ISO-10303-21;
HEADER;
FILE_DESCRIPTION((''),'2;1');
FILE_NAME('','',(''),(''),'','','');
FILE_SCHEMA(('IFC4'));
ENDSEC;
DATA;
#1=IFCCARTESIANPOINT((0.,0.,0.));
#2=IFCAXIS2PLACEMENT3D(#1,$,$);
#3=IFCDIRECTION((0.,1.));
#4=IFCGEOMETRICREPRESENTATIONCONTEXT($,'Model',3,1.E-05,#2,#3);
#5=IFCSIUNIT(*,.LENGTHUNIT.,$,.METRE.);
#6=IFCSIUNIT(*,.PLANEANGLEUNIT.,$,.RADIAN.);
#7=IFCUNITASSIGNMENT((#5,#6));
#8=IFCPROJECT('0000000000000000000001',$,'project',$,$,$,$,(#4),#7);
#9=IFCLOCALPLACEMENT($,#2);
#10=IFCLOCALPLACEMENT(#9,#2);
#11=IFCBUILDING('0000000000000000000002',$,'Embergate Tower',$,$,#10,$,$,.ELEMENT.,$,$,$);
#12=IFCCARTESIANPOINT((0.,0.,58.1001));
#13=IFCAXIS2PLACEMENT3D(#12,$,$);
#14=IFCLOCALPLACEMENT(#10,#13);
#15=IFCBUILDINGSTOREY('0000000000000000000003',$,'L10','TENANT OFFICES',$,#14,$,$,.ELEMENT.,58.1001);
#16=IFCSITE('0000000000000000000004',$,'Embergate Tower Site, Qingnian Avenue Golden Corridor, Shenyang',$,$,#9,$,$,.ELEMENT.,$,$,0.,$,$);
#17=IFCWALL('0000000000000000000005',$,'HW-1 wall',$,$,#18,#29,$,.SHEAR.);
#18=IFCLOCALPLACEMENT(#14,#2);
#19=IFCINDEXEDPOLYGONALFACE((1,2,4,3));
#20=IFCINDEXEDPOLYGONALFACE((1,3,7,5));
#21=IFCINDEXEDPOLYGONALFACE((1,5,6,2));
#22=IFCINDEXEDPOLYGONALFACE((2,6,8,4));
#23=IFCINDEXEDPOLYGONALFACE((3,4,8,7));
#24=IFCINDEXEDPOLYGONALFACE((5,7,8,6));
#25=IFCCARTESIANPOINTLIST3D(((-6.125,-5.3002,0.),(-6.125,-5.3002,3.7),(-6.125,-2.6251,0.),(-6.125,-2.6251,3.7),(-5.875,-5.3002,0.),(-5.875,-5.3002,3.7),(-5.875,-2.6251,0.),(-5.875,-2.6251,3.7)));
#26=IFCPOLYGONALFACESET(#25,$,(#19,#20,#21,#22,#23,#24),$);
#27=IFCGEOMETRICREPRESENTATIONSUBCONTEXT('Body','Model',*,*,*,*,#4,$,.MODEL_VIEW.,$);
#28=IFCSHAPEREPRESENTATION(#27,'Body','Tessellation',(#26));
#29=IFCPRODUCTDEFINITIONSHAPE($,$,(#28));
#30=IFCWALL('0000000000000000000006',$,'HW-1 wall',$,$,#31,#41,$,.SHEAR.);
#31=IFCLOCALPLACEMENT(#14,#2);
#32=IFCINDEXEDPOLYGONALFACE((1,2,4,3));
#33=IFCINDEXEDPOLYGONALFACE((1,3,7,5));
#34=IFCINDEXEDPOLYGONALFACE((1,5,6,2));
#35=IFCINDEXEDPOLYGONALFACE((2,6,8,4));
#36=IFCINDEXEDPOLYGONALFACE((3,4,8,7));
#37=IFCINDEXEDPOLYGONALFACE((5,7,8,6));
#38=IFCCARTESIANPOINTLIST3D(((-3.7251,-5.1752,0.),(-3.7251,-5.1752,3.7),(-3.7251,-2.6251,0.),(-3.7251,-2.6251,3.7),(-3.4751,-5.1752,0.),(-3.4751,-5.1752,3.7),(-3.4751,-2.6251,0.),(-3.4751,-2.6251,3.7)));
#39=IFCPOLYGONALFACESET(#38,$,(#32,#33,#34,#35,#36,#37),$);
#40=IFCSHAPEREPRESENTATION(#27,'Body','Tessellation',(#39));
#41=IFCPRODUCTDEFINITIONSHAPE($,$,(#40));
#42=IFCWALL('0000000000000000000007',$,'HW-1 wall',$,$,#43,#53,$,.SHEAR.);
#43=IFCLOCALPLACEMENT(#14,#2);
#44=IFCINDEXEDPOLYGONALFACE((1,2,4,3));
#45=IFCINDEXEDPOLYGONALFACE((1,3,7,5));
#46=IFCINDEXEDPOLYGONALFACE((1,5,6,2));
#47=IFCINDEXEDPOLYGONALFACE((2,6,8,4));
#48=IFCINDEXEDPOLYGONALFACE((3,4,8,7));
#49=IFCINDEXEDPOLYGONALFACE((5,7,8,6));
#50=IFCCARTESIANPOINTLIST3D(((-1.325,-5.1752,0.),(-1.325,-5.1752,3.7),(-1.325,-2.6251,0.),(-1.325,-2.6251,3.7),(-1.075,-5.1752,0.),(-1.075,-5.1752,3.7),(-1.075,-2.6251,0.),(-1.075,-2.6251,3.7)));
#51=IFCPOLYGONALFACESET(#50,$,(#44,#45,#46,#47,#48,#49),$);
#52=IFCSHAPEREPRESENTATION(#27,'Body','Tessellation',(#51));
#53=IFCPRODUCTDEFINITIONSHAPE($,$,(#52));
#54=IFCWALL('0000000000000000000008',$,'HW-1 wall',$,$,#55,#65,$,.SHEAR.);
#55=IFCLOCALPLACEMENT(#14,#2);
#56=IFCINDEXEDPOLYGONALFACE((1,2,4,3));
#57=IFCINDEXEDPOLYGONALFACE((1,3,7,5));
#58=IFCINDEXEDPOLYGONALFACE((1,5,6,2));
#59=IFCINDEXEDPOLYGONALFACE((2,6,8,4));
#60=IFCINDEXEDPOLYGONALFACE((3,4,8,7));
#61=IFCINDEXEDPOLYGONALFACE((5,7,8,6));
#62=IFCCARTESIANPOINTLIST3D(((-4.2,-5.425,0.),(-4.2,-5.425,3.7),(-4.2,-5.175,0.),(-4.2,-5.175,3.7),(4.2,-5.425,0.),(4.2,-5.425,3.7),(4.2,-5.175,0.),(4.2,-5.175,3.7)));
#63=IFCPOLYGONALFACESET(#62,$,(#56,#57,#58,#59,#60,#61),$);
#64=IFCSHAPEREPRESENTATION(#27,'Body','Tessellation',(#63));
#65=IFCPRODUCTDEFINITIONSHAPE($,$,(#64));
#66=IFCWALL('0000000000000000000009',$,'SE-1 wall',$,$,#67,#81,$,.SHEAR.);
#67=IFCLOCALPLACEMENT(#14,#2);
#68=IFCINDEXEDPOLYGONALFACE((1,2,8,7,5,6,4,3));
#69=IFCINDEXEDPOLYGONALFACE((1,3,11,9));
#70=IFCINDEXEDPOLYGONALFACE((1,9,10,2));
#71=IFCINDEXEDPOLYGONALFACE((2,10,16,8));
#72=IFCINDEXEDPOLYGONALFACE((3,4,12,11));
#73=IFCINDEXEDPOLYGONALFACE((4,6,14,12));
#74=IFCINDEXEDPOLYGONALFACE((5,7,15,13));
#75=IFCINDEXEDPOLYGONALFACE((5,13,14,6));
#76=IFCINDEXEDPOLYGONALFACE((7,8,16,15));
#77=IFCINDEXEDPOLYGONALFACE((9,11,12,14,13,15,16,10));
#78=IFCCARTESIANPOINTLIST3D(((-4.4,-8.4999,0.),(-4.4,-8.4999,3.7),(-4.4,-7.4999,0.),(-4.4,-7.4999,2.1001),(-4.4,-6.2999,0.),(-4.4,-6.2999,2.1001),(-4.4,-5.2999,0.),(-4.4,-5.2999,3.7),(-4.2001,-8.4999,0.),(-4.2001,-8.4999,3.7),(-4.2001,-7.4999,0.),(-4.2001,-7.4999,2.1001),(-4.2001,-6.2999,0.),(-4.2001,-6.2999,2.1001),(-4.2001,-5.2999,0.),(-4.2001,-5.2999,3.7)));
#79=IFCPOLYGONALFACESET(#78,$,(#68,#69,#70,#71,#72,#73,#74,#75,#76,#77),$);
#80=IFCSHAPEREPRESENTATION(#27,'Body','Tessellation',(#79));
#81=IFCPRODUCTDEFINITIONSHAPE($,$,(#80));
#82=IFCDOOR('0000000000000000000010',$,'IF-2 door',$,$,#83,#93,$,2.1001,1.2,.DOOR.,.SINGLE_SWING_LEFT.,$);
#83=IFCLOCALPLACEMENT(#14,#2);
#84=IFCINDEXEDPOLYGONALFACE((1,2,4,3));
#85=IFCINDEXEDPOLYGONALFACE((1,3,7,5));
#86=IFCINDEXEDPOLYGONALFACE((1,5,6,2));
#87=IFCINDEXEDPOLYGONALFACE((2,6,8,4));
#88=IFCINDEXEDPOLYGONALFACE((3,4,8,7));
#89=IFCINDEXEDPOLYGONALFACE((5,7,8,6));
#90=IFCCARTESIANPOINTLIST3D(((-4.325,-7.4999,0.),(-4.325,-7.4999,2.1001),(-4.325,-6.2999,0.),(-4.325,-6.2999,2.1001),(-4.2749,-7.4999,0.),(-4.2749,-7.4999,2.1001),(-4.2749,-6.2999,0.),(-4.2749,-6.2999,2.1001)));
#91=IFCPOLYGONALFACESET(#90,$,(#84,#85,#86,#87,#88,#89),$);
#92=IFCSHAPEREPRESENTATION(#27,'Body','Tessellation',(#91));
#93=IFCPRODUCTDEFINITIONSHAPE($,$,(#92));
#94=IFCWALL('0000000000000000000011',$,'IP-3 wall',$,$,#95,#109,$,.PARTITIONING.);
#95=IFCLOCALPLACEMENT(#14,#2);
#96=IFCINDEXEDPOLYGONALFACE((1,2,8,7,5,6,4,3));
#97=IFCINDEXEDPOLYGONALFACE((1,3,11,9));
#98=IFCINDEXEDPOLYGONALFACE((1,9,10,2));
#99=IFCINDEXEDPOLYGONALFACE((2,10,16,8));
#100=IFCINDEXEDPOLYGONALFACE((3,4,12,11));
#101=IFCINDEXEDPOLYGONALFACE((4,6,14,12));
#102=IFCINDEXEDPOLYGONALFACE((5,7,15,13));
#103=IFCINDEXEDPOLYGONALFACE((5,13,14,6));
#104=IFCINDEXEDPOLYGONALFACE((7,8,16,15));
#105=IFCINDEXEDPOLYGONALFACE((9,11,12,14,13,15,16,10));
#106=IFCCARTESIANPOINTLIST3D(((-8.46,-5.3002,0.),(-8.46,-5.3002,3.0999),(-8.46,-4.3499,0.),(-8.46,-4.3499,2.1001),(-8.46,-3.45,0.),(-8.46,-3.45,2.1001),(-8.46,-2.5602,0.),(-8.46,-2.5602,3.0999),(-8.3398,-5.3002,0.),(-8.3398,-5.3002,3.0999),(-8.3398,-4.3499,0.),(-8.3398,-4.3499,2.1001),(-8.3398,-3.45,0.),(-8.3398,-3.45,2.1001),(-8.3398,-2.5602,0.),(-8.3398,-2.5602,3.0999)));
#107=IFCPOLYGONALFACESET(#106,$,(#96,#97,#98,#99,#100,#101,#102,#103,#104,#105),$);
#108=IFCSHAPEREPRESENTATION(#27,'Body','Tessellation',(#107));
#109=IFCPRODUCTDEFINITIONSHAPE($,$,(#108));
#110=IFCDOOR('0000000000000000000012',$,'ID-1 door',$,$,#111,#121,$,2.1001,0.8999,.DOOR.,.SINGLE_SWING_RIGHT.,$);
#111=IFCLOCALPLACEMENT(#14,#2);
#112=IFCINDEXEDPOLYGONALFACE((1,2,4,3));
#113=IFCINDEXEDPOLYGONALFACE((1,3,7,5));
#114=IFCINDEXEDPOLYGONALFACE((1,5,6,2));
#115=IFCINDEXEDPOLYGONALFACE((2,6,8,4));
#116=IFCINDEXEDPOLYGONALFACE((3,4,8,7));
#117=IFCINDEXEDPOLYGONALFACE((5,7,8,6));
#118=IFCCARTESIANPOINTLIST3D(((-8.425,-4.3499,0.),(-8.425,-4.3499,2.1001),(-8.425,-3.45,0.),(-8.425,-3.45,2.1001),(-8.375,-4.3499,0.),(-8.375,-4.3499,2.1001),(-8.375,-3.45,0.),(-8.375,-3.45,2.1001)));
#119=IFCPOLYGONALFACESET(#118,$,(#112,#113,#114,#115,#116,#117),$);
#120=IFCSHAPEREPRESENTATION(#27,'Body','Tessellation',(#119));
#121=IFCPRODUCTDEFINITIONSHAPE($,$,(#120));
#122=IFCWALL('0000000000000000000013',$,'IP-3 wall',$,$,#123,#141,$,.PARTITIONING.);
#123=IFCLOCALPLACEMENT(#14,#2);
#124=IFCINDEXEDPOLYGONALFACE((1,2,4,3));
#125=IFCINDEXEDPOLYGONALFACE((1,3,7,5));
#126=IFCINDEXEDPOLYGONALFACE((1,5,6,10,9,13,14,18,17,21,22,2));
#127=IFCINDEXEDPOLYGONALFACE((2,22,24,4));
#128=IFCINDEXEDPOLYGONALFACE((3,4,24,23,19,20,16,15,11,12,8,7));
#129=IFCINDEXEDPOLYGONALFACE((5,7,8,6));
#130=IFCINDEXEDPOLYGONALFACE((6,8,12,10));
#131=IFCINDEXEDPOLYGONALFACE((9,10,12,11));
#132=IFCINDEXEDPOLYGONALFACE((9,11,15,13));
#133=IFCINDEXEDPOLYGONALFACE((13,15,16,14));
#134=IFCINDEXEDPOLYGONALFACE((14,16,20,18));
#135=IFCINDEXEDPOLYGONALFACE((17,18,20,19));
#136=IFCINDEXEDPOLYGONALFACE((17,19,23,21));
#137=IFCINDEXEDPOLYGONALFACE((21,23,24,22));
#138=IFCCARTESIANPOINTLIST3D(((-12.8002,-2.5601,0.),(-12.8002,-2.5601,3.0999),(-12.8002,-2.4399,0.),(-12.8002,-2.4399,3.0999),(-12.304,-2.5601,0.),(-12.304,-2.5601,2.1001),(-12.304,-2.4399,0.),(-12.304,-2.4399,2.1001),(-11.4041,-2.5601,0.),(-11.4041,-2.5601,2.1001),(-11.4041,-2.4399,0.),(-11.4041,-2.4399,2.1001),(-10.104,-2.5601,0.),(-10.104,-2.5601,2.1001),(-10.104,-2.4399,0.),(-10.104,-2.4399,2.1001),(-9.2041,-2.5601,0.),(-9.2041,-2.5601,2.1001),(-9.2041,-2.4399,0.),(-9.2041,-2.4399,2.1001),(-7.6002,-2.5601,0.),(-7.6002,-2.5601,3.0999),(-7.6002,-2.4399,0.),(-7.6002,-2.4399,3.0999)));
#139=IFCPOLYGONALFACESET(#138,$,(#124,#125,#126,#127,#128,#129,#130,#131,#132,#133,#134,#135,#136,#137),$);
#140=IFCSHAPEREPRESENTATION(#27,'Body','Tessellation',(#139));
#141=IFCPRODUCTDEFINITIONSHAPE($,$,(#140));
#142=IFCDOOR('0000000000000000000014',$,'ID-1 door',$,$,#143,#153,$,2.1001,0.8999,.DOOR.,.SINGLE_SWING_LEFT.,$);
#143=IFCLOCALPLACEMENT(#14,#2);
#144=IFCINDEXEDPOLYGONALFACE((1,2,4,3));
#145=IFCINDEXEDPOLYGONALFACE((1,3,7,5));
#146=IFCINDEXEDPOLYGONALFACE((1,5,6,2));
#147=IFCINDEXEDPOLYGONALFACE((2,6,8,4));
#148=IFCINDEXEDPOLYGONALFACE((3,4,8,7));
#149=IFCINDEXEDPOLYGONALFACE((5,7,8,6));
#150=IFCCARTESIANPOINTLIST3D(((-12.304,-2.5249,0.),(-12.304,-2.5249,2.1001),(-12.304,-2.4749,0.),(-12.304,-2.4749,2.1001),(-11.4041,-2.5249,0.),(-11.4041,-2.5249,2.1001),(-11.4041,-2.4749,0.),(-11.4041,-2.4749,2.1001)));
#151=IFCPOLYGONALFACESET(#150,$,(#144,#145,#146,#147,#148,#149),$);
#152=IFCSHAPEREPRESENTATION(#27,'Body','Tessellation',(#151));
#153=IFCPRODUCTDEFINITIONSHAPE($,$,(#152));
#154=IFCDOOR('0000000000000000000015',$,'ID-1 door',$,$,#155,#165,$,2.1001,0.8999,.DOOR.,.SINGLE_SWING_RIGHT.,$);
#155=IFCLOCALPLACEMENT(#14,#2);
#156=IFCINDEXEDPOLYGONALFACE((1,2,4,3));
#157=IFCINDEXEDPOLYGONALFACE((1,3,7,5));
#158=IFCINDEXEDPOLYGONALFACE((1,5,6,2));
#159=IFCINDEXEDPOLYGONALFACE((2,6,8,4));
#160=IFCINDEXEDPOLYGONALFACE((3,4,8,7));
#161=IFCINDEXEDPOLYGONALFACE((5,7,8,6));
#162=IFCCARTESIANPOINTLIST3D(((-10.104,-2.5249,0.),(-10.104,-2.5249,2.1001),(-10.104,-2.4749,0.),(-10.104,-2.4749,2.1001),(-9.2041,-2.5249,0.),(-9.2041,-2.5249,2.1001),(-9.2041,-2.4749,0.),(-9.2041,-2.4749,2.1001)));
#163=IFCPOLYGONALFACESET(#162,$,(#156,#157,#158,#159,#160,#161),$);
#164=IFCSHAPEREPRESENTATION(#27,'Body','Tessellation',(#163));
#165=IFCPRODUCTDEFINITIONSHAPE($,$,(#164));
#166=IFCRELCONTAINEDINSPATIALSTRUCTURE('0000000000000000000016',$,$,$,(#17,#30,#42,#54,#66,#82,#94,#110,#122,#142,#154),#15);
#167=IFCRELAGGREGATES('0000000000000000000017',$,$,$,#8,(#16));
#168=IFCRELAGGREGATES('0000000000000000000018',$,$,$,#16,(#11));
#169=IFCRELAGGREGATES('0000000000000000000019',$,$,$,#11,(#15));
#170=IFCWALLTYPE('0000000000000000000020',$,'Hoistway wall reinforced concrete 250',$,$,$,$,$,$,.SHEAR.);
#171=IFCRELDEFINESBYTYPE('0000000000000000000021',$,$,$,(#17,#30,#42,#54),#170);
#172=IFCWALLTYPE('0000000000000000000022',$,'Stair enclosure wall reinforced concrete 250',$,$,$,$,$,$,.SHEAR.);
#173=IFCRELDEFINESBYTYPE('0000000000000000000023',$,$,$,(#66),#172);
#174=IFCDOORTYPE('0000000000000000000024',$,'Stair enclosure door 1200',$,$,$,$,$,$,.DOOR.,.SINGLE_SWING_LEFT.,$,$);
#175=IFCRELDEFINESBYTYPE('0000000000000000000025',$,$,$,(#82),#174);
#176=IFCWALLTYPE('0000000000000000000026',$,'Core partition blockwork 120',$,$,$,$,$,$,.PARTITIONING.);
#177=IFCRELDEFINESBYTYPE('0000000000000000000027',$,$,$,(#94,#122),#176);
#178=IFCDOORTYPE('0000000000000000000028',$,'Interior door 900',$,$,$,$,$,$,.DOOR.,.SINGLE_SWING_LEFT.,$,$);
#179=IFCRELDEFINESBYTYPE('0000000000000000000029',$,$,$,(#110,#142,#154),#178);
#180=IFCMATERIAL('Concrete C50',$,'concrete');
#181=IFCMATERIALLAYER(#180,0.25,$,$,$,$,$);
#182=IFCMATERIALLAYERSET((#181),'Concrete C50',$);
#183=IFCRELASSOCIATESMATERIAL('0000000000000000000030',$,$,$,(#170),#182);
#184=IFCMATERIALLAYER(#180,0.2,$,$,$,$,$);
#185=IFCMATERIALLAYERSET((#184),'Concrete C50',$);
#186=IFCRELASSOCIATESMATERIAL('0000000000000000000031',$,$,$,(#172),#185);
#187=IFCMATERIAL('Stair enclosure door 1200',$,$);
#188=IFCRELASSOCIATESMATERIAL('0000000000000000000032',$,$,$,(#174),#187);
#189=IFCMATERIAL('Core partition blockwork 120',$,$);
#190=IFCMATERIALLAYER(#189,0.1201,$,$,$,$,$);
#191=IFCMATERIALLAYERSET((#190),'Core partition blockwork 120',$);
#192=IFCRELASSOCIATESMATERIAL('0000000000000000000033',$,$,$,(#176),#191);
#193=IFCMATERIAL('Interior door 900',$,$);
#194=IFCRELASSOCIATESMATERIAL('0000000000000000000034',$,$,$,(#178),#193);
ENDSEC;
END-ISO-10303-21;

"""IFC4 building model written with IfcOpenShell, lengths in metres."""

from ifc_helpers import new_model, si_unit, direction, frame, frame_2d, origin, place, context, subcontext, project, spatial, rectangle, extrude, source, transform, mapped, material, layer, layer_set, type_object, element, fill, save


model = new_model("IFC4")

# Units and contexts
model_context = context("Model", 3, precision=1e-05, world=origin(), true_north=direction((0.0, 1.0)))
body_context = subcontext(model_context, "Body", "Model", "MODEL_VIEW")
ifc_project = project(units=[si_unit("LENGTHUNIT", "METRE"), si_unit("PLANEANGLEUNIT", "RADIAN")], contexts=[model_context])

# Site, building, storey
site_placement = place(None, origin())
site = spatial("IfcSite", under=ifc_project, at=site_placement, Name="Embergate Tower Site, Qingnian Avenue Golden Corridor, Shenyang", CompositionType="ELEMENT", RefElevation=0.0)
building_placement = place(site_placement, origin())
building = spatial("IfcBuilding", under=site, at=building_placement, Name="Embergate Tower", CompositionType="ELEMENT")
storey_placement = place(building_placement, frame((0.0, 0.0, 58.1001)))
storey = spatial("IfcBuildingStorey", under=building, at=storey_placement, Name="L10", Description="TENANT OFFICES", CompositionType="ELEMENT", Elevation=58.1001)

# Walls
ifc_material_1 = material(Name="Concrete C50", Category="concrete")
ifc_layer_1 = layer(ifc_material_1, 0.25)
ifc_layer_set_1 = layer_set([ifc_layer_1], Name="Concrete C50")
wall_type_1 = type_object("IfcWallType", Name="Hoistway wall reinforced concrete 250", PredefinedType="SHEAR", material=ifc_layer_set_1)
shared_shape_1 = source(origin(), body_context, "Body", "SweptSolid", [
    extrude(rectangle(XDim=2.675, YDim=0.25, at=frame_2d((1.3374, 0.0))), origin(), (0.0, 0.0, 1.0), 3.7),
])
wall_1_placement = place(storey_placement, frame((-6.0, -5.3, 0.0), z_axis=(0.0, 0.0, 1.0), x_axis=(0.0, 1.0, 0.0)))
element("IfcWall", 1, at=wall_1_placement, inside=storey, type_object=wall_type_1, Name="HW-1 wall", PredefinedType="SHEAR", context=body_context, shape_type="MappedRepresentation", body=[
    mapped(shared_shape_1, transform((0.0, 0.0, 0.0))),
])
shared_shape_2 = source(origin(), body_context, "Body", "SweptSolid", [
    extrude(rectangle(XDim=2.55, YDim=0.25, at=frame_2d((1.2749, 0.0))), origin(), (0.0, 0.0, 1.0), 3.7),
])
for number, where, z_axis, x_axis, name in (
    (2, (-3.6001, -5.175, 0.0), (0.0, 0.0, 1.0), (0.0, 1.0, 0.0), "HW-1 wall"),
    (3, (-1.2, -5.175, 0.0), (0.0, 0.0, 1.0), (0.0, 1.0, 0.0), "HW-1 wall"),
):
    element("IfcWall", number, at=place(storey_placement, frame(where, z_axis=z_axis, x_axis=x_axis)), inside=storey, type_object=wall_type_1, Name=name, PredefinedType="SHEAR", context=body_context, shape_type="MappedRepresentation", body=[
        mapped(shared_shape_2, transform((0.0, 0.0, 0.0))),
    ])
shared_shape_3 = source(origin(), body_context, "Body", "SweptSolid", [
    extrude(rectangle(XDim=8.3999, YDim=0.25, at=frame_2d((4.2, 0.0))), origin(), (0.0, 0.0, 1.0), 3.7),
])
wall_2_placement = place(storey_placement, frame((-4.2, -5.3, 0.0), z_axis=(0.0, 0.0, 1.0), x_axis=(1.0, 0.0, 0.0)))
element("IfcWall", 4, at=wall_2_placement, inside=storey, type_object=wall_type_1, Name="HW-1 wall", PredefinedType="SHEAR", context=body_context, shape_type="MappedRepresentation", body=[
    mapped(shared_shape_3, transform((0.0, 0.0, 0.0))),
])

# Walls, openings, doors
ifc_layer_2 = layer(ifc_material_1, 0.2)
ifc_layer_set_2 = layer_set([ifc_layer_2], Name="Concrete C50")
wall_type_2 = type_object("IfcWallType", Name="Stair enclosure wall reinforced concrete 250", PredefinedType="SHEAR", material=ifc_layer_set_2)
shared_shape_4 = source(origin(), body_context, "Body", "SweptSolid", [
    extrude(rectangle(XDim=3.2, YDim=0.2, at=frame_2d((1.6001, 0.0))), origin(), (0.0, 0.0, 1.0), 3.7),
])
wall_3_placement = place(storey_placement, frame((-4.3, -8.5, 0.0), z_axis=(0.0, 0.0, 1.0), x_axis=(0.0, 1.0, 0.0)))
wall_3 = element("IfcWall", 5, at=wall_3_placement, inside=storey, type_object=wall_type_2, Name="SE-1 wall", PredefinedType="SHEAR", context=body_context, shape_type="MappedRepresentation", body=[
    mapped(shared_shape_4, transform((0.0, 0.0, 0.0))),
])
shared_shape_5 = source(origin(), body_context, "Body", "SweptSolid", [
    extrude(rectangle(XDim=1.2, YDim=2.1001, at=frame_2d((0.6001, 1.05))), frame((0.0, 0.1099, 0.0), z_axis=(0.0, -1.0, 0.0), x_axis=(1.0, 0.0, 0.0)), (0.0, 0.0, 1.0), 0.22),
])
opening_1_placement = place(wall_3_placement, frame((1.0, 0.0, 0.0)))
opening_1 = element("IfcOpeningElement", 6, at=opening_1_placement, cuts=wall_3, PredefinedType="OPENING", context=body_context, shape_type="MappedRepresentation", body=[
    mapped(shared_shape_5, transform((0.0, 0.0, 0.0))),
])
ifc_material_2 = material(Name="Stair enclosure door 1200")
door_type_1 = type_object("IfcDoorType", Name="Stair enclosure door 1200", OperationType="SINGLE_SWING_LEFT", PredefinedType="DOOR", material=ifc_material_2)
shared_shape_6 = source(origin(), body_context, "Body", "SweptSolid", [
    extrude(rectangle(XDim=1.2, YDim=2.1001, at=frame_2d((0.6001, 1.05))), frame((0.0, 0.0249, 0.0), z_axis=(0.0, -1.0, 0.0), x_axis=(1.0, 0.0, 0.0)), (0.0, 0.0, 1.0), 0.05),
])
door_1_placement = place(opening_1_placement, origin())
door_1 = element("IfcDoor", 7, at=door_1_placement, inside=storey, type_object=door_type_1, Name="IF-2 door", OperationType="SINGLE_SWING_LEFT", OverallHeight=2.1001, OverallWidth=1.2, PredefinedType="DOOR", context=body_context, shape_type="MappedRepresentation", body=[
    mapped(shared_shape_6, transform((0.0, 0.0, 0.0))),
])
fill(opening_1, door_1)
ifc_material_3 = material(Name="Core partition blockwork 120")
ifc_layer_3 = layer(ifc_material_3, 0.1201)
ifc_layer_set_3 = layer_set([ifc_layer_3], Name="Core partition blockwork 120")
wall_type_3 = type_object("IfcWallType", Name="Core partition blockwork 120", PredefinedType="PARTITIONING", material=ifc_layer_set_3)
shared_shape_7 = source(origin(), body_context, "Body", "SweptSolid", [
    extrude(rectangle(XDim=2.74, YDim=0.1201, at=frame_2d((1.3701, 0.0))), origin(), (0.0, 0.0, 1.0), 3.0999),
])
wall_4_placement = place(storey_placement, frame((-8.3999, -2.5601, 0.0), z_axis=(0.0, 0.0, 1.0), x_axis=(0.0, -1.0, 0.0)))
wall_4 = element("IfcWall", 8, at=wall_4_placement, inside=storey, type_object=wall_type_3, Name="IP-3 wall", PredefinedType="PARTITIONING", context=body_context, shape_type="MappedRepresentation", body=[
    mapped(shared_shape_7, transform((0.0, 0.0, 0.0))),
])
shared_shape_8 = source(origin(), body_context, "Body", "SweptSolid", [
    extrude(rectangle(XDim=0.8999, YDim=2.1001, at=frame_2d((0.45, 1.05))), frame((0.0, 0.0701, 0.0), z_axis=(0.0, -1.0, 0.0), x_axis=(1.0, 0.0, 0.0)), (0.0, 0.0, 1.0), 0.1401),
])
opening_2_placement = place(wall_4_placement, frame((0.8899, 0.0, 0.0)))
opening_2 = element("IfcOpeningElement", 9, at=opening_2_placement, cuts=wall_4, PredefinedType="OPENING", context=body_context, shape_type="MappedRepresentation", body=[
    mapped(shared_shape_8, transform((0.0, 0.0, 0.0))),
])
ifc_material_4 = material(Name="Interior door 900")
door_type_2 = type_object("IfcDoorType", Name="Interior door 900", OperationType="SINGLE_SWING_LEFT", PredefinedType="DOOR", material=ifc_material_4)
shared_shape_9 = source(origin(), body_context, "Body", "SweptSolid", [
    extrude(rectangle(XDim=0.8999, YDim=2.1001, at=frame_2d((0.45, 1.05))), frame((0.0, 0.0249, 0.0), z_axis=(0.0, -1.0, 0.0), x_axis=(1.0, 0.0, 0.0)), (0.0, 0.0, 1.0), 0.05),
])
door_2_placement = place(opening_2_placement, origin())
door_2 = element("IfcDoor", 10, at=door_2_placement, inside=storey, type_object=door_type_2, Name="ID-1 door", OperationType="SINGLE_SWING_RIGHT", OverallHeight=2.1001, OverallWidth=0.8999, PredefinedType="DOOR", context=body_context, shape_type="MappedRepresentation", body=[
    mapped(shared_shape_9, transform((0.0, 0.0, 0.0))),
])
fill(opening_2, door_2)

# Wall, openings, doors
shared_shape_10 = source(origin(), body_context, "Body", "SweptSolid", [
    extrude(rectangle(XDim=5.2, YDim=0.1201, at=frame_2d((2.6001, 0.0))), origin(), (0.0, 0.0, 1.0), 3.0999),
])
wall_5_placement = place(storey_placement, frame((-7.6001, -2.5, 0.0), z_axis=(0.0, 0.0, 1.0), x_axis=(-1.0, 0.0, 0.0)))
wall_5 = element("IfcWall", 11, at=wall_5_placement, inside=storey, type_object=wall_type_3, Name="IP-3 wall", PredefinedType="PARTITIONING", context=body_context, shape_type="MappedRepresentation", body=[
    mapped(shared_shape_10, transform((0.0, 0.0, 0.0))),
])
opening_3_placement = place(wall_5_placement, frame((3.804, 0.0, 0.0)))
opening_3 = element("IfcOpeningElement", 12, at=opening_3_placement, cuts=wall_5, PredefinedType="OPENING", context=body_context, shape_type="MappedRepresentation", body=[
    mapped(shared_shape_8, transform((0.0, 0.0, 0.0))),
])
opening_4_placement = place(wall_5_placement, frame((1.604, 0.0, 0.0)))
opening_4 = element("IfcOpeningElement", 13, at=opening_4_placement, cuts=wall_5, PredefinedType="OPENING", context=body_context, shape_type="MappedRepresentation", body=[
    mapped(shared_shape_8, transform((0.0, 0.0, 0.0))),
])
door_3_placement = place(opening_3_placement, origin())
door_3 = element("IfcDoor", 14, at=door_3_placement, inside=storey, type_object=door_type_2, Name="ID-1 door", OperationType="SINGLE_SWING_LEFT", OverallHeight=2.1001, OverallWidth=0.8999, PredefinedType="DOOR", context=body_context, shape_type="MappedRepresentation", body=[
    mapped(shared_shape_9, transform((0.0, 0.0, 0.0))),
])
fill(opening_3, door_3)
door_4_placement = place(opening_4_placement, origin())
door_4 = element("IfcDoor", 15, at=door_4_placement, inside=storey, type_object=door_type_2, Name="ID-1 door", OperationType="SINGLE_SWING_RIGHT", OverallHeight=2.1001, OverallWidth=0.8999, PredefinedType="DOOR", context=body_context, shape_type="MappedRepresentation", body=[
    mapped(shared_shape_9, transform((0.0, 0.0, 0.0))),
])
fill(opening_4, door_4)

save(model, "model.ifc")
